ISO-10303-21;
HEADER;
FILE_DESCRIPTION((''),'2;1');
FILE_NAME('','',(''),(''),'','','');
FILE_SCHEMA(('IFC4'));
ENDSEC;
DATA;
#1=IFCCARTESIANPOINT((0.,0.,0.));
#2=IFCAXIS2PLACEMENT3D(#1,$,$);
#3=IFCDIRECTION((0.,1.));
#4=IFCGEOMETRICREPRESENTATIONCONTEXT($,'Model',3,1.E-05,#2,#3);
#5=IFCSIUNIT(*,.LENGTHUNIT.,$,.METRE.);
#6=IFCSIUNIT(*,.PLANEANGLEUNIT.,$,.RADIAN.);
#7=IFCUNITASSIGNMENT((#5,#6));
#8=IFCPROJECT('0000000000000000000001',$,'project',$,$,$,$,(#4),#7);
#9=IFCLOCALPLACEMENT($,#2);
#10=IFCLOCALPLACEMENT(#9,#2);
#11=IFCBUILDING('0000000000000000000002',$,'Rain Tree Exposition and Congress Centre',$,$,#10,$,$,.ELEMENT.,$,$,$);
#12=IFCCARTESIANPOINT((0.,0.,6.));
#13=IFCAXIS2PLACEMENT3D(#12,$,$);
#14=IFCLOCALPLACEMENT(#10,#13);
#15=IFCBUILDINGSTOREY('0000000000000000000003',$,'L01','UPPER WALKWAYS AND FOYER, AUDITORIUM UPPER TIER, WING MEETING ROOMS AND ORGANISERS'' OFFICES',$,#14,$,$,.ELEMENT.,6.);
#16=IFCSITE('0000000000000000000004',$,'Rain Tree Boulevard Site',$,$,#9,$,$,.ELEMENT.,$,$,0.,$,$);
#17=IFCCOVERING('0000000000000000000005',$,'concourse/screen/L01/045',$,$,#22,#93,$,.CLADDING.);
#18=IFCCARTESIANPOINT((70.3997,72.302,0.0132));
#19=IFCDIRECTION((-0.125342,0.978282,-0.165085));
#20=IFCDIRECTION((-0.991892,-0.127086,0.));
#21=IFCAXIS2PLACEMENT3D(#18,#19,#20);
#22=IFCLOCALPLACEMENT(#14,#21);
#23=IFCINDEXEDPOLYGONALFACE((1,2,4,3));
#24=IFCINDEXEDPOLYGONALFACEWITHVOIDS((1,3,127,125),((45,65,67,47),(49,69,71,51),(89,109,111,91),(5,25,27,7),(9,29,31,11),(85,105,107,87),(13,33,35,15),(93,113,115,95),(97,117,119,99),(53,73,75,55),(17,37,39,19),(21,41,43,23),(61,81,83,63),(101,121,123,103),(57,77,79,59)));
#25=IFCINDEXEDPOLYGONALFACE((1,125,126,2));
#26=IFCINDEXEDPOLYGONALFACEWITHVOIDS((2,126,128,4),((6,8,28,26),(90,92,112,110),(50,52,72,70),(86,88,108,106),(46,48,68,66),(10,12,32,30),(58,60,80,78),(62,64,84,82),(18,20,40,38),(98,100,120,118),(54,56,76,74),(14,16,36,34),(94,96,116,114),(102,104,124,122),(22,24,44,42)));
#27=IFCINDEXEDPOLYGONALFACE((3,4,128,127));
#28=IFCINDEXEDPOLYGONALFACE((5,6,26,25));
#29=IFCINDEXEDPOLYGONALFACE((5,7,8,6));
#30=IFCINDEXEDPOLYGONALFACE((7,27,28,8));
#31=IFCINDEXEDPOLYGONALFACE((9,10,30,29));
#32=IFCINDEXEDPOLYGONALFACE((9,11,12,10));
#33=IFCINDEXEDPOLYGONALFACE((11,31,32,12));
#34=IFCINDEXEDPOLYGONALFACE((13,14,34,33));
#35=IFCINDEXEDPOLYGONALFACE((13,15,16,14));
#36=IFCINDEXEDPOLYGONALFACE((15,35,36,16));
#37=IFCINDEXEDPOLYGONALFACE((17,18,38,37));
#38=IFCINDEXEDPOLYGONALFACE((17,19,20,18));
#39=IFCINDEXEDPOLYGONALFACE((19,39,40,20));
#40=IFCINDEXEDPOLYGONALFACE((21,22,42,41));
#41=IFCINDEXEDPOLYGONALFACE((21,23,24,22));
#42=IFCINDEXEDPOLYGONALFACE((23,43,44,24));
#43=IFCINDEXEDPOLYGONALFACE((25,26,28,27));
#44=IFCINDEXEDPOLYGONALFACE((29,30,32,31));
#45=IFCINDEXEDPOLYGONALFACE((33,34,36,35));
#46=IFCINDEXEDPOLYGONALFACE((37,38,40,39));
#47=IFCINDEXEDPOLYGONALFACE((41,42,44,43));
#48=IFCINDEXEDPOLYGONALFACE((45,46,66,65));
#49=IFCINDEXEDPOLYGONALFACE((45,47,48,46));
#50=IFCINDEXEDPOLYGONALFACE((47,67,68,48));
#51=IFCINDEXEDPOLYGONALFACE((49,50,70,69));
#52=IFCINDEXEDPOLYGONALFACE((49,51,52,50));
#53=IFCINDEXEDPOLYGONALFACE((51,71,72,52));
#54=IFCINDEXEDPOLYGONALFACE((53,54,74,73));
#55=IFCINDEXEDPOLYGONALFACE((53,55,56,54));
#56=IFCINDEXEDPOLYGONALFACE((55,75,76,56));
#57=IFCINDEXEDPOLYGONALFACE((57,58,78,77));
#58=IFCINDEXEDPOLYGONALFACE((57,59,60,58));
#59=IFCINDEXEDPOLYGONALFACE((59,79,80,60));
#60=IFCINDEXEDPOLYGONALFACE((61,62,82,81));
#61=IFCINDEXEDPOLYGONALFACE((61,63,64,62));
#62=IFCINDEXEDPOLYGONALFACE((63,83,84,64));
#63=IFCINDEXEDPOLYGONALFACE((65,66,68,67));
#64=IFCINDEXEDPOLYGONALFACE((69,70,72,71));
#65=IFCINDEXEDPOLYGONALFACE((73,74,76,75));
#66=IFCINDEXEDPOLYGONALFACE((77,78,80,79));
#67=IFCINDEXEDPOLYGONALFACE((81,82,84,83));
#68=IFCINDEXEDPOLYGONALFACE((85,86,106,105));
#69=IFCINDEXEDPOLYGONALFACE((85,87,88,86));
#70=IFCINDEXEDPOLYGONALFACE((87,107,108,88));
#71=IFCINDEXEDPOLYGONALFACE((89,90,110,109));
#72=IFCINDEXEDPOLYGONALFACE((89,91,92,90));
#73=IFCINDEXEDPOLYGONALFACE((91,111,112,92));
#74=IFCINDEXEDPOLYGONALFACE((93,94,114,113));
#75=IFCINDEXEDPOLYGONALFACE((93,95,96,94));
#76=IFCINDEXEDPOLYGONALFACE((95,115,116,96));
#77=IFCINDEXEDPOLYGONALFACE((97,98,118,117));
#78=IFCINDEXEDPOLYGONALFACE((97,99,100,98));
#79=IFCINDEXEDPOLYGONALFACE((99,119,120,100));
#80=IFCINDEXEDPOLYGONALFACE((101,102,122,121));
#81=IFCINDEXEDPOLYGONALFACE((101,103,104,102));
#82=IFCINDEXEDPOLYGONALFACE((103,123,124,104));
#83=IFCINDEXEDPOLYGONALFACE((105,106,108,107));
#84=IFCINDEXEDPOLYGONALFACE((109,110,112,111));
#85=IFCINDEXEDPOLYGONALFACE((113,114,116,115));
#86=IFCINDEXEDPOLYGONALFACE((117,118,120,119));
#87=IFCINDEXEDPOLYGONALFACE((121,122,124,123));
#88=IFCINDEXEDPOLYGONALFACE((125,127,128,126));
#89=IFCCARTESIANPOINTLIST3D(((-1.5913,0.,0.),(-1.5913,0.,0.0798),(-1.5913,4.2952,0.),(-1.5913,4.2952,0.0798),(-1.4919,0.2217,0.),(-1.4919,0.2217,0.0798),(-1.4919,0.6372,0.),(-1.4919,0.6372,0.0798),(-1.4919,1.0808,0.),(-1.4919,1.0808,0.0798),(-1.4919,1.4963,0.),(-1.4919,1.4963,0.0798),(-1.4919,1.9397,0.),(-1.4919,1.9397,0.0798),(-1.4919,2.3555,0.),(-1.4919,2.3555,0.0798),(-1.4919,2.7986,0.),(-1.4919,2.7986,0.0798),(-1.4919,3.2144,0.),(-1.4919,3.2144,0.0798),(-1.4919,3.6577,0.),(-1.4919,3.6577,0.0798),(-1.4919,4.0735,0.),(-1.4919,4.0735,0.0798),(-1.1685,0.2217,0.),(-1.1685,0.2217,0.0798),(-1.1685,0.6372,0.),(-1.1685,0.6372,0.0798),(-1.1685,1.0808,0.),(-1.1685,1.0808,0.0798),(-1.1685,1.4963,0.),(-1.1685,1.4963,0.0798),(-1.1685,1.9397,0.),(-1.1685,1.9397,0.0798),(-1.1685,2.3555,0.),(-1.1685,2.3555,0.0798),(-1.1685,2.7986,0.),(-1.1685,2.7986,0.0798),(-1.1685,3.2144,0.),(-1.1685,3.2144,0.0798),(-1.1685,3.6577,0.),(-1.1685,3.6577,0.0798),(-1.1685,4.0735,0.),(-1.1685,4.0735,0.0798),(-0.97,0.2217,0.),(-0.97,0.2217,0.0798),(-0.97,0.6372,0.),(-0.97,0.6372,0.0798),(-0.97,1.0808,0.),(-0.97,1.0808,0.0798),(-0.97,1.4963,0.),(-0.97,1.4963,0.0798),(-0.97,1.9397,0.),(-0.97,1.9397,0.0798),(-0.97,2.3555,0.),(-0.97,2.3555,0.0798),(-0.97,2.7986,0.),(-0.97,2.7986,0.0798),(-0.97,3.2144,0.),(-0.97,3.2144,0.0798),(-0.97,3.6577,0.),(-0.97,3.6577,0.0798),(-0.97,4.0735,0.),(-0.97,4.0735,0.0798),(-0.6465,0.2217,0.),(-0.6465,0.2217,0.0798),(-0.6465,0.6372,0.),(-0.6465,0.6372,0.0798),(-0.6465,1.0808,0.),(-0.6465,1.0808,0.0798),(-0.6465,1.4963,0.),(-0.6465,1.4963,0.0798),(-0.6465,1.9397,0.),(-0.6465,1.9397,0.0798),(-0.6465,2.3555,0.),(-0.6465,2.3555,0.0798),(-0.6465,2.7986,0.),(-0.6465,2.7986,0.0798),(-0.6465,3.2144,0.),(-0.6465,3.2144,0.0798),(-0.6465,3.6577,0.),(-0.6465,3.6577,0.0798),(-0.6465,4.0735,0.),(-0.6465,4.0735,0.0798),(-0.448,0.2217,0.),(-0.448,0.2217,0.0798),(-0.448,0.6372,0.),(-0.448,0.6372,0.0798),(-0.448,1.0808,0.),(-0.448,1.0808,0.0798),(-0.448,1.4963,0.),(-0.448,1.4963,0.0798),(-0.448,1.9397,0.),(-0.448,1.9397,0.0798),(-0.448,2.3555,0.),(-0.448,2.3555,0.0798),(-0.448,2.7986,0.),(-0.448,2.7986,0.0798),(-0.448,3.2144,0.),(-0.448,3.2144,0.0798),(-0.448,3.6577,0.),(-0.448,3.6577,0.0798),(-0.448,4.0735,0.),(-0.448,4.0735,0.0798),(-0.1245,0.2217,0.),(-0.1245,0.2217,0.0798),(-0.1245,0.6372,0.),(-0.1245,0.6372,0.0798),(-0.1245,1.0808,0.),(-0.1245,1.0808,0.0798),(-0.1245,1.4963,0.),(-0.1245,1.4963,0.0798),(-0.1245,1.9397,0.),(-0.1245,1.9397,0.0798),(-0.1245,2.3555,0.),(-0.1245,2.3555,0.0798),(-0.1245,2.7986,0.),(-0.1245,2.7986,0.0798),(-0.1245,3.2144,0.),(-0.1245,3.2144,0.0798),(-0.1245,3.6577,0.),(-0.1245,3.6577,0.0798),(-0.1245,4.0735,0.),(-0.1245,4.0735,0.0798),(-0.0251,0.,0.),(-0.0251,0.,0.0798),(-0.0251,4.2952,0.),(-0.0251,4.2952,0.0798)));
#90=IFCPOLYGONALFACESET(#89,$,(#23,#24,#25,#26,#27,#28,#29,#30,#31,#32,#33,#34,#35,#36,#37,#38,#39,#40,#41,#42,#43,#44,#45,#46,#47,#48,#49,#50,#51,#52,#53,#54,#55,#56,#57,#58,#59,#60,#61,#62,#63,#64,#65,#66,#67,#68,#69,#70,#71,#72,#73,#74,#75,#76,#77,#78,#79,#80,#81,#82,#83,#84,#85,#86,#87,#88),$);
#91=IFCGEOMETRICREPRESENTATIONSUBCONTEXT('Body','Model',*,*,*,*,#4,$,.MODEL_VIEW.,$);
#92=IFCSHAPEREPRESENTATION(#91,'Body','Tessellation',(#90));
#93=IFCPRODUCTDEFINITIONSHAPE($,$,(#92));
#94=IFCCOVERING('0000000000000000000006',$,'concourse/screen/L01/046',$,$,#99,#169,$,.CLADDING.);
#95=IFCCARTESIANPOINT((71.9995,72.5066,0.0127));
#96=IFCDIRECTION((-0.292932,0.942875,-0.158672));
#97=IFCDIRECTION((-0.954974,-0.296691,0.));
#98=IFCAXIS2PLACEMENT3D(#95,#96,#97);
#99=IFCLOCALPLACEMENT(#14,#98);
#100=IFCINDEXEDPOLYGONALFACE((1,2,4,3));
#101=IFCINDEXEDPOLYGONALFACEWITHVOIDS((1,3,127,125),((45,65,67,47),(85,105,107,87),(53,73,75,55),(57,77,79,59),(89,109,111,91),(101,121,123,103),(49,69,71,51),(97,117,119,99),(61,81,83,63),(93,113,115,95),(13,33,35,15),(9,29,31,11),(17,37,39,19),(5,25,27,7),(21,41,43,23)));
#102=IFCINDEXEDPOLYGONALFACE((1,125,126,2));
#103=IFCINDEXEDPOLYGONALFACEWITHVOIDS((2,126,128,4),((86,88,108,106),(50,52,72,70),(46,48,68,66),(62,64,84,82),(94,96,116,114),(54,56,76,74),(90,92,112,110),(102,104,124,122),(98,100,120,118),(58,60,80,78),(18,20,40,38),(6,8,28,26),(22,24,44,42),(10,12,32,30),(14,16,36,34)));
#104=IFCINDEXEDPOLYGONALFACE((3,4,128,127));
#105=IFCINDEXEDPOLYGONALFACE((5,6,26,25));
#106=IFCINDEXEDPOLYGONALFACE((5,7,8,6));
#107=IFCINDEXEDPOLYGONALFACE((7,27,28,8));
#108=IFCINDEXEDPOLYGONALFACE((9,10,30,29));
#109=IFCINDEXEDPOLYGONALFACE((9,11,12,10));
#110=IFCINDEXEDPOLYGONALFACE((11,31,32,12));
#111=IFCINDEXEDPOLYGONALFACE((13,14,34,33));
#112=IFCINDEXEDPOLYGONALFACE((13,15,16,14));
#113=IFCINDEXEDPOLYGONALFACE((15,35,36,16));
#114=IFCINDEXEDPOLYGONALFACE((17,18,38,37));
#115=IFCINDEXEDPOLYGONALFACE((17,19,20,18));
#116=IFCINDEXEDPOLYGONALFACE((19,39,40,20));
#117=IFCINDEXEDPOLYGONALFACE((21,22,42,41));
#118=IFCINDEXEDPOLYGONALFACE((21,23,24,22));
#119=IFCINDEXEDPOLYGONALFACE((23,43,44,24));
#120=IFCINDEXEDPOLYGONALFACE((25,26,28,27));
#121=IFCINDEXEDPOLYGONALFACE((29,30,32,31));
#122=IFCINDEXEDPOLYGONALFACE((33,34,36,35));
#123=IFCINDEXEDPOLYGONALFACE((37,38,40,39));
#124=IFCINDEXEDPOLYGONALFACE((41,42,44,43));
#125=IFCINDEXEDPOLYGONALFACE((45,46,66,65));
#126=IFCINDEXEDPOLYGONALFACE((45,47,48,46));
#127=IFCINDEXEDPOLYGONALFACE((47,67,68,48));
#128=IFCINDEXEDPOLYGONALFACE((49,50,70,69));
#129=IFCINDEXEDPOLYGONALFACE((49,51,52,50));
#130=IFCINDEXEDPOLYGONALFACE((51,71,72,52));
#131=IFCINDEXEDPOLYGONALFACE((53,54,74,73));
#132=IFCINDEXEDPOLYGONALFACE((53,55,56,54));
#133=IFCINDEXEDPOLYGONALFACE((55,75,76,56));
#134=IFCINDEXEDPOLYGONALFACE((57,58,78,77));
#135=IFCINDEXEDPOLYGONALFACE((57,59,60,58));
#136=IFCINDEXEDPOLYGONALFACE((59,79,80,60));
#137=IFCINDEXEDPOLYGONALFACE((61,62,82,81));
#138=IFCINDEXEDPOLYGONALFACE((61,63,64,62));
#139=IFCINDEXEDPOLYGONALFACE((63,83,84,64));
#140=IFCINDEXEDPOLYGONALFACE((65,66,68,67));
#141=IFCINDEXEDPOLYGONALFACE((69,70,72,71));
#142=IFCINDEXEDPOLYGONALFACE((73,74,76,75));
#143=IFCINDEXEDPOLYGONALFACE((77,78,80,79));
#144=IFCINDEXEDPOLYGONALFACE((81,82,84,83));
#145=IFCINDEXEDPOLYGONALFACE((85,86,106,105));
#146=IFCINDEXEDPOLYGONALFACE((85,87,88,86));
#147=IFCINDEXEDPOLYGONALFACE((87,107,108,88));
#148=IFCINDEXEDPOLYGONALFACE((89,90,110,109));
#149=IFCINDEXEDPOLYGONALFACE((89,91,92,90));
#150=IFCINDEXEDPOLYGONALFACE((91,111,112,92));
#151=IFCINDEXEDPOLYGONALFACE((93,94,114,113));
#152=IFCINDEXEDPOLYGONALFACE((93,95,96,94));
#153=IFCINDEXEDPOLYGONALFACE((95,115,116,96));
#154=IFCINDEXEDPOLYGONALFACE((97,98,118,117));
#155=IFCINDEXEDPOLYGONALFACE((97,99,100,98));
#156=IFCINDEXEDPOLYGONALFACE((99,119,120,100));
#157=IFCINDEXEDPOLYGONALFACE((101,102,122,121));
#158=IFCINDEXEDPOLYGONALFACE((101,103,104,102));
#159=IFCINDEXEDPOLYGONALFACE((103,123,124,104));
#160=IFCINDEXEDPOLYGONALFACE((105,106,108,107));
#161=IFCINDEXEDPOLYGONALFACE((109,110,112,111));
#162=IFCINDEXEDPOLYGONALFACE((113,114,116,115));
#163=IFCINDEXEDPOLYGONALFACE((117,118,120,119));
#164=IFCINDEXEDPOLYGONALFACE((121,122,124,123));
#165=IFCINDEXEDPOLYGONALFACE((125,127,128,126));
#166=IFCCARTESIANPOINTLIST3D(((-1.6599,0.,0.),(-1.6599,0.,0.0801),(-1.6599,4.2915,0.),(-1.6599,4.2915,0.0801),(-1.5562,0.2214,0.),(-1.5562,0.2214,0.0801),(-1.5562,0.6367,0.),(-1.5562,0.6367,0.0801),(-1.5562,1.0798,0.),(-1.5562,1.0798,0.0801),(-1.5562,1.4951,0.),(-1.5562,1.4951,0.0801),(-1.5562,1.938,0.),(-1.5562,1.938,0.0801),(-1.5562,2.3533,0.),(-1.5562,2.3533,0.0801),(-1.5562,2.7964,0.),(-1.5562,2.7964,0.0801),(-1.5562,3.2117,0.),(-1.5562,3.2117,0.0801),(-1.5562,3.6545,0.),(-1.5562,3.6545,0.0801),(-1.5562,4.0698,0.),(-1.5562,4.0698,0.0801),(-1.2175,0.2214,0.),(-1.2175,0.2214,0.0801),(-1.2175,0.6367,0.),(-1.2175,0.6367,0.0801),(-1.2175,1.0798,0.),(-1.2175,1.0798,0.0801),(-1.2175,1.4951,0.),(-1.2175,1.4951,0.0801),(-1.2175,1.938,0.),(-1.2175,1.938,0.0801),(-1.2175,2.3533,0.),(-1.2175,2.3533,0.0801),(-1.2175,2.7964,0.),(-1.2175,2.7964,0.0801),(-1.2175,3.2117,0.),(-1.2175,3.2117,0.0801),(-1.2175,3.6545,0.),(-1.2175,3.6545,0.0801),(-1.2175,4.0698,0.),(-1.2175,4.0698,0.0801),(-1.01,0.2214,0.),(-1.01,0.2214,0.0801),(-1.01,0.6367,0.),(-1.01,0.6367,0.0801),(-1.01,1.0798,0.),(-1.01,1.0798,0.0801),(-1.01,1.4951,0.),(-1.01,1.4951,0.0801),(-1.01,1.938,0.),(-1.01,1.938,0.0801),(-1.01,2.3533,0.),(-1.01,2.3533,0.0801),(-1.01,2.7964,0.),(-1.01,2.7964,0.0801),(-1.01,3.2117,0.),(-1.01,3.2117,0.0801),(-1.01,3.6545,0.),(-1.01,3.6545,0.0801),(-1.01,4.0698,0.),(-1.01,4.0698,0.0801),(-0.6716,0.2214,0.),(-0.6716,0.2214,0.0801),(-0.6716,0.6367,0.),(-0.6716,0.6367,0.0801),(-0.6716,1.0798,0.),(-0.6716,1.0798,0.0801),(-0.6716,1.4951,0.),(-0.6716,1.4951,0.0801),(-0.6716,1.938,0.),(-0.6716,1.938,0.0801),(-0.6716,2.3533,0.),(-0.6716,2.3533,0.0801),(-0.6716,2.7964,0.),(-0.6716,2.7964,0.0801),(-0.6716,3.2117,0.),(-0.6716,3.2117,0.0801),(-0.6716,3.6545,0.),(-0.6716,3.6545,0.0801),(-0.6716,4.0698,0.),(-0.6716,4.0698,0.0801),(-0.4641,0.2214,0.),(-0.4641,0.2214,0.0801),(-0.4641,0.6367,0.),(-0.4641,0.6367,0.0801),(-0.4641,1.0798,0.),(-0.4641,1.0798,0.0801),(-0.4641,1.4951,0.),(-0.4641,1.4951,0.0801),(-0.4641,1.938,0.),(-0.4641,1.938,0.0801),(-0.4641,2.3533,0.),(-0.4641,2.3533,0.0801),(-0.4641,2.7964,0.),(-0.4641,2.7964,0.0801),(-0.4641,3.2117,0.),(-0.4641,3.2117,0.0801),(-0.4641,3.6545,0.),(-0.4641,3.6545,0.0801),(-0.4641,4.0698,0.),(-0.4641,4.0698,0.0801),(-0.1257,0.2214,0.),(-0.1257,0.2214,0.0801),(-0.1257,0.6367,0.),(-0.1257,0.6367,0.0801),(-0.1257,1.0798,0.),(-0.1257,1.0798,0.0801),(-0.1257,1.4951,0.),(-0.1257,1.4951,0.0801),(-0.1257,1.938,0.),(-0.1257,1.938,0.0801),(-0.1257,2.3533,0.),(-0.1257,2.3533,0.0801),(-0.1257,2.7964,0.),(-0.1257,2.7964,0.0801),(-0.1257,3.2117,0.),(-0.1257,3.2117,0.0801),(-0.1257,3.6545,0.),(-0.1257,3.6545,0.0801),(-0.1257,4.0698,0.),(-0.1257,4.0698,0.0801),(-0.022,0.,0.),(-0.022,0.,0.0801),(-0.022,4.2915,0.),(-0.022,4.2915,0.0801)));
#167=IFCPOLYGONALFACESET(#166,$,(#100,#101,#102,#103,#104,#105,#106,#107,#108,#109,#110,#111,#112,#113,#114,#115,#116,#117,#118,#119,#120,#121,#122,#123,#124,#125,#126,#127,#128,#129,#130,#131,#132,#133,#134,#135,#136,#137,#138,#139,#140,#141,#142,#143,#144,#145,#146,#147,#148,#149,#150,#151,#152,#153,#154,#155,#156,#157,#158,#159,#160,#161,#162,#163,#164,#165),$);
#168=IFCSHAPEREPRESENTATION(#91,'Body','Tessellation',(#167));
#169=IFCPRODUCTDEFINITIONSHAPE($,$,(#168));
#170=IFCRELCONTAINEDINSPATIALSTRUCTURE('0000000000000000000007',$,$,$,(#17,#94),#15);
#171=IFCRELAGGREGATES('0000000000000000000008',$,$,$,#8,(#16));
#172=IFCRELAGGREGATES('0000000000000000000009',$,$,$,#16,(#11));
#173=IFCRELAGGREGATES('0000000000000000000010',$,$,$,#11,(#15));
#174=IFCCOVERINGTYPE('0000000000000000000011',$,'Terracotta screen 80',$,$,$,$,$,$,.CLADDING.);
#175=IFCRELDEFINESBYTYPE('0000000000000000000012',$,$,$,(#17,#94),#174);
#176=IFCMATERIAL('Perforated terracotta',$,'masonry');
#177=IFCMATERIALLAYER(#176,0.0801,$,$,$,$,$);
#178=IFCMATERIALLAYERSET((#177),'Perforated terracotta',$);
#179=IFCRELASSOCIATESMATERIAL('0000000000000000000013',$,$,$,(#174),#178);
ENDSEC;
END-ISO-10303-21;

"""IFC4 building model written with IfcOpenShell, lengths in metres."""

from ifc_helpers import new_model, si_unit, direction, frame, origin, place, context, subcontext, project, spatial, polyline, outline, extrude, material, layer, layer_set, type_object, element, save


model = new_model("IFC4")

# Units and contexts
model_context = context("Model", 3, precision=1e-05, world=origin(), true_north=direction((0.0, 1.0)))
body_context = subcontext(model_context, "Body", "Model", "MODEL_VIEW")
ifc_project = project(units=[si_unit("LENGTHUNIT", "METRE"), si_unit("PLANEANGLEUNIT", "RADIAN")], contexts=[model_context])

# Site, building, storey
site_placement = place(None, origin())
site = spatial("IfcSite", under=ifc_project, at=site_placement, Name="Rain Tree Boulevard Site", CompositionType="ELEMENT", RefElevation=0.0)
building_placement = place(site_placement, origin())
building = spatial("IfcBuilding", under=site, at=building_placement, Name="Rain Tree Exposition and Congress Centre", CompositionType="ELEMENT")
storey_placement = place(building_placement, frame((0.0, 0.0, 6.0)))
storey = spatial("IfcBuildingStorey", under=building, at=storey_placement, Name="L01", Description="UPPER WALKWAYS AND FOYER, AUDITORIUM UPPER TIER, WING MEETING ROOMS AND ORGANISERS' OFFICES", CompositionType="ELEMENT", Elevation=6.0)

# Coverings
ifc_material_1 = material(Name="Perforated terracotta", Category="masonry")
ifc_layer = layer(ifc_material_1, 0.0801)
ifc_layer_set = layer_set([ifc_layer], Name="Perforated terracotta")
covering_type = type_object("IfcCoveringType", Name="Terracotta screen 80", PredefinedType="CLADDING", material=ifc_layer_set)
covering_1_placement = place(storey_placement, frame((70.3997, 72.302, 0.0132), z_axis=(-0.125342, 0.978282, -0.165085), x_axis=(-0.991892, -0.127086, 0.0)))
element("IfcCovering", 1, at=covering_1_placement, inside=storey, type_object=covering_type, Name="concourse/screen/L01/045", PredefinedType="CLADDING", context=body_context, shape_type="SweptSolid", body=[
    extrude(outline(polyline([(-1.5913, 0.0), (-1.5913, 4.2952), (-0.0251, 4.2952), (-0.0251, 0.0), (-1.5913, 0.0)]), holes=[polyline([(-0.1245, 0.2217), (-0.1245, 0.6372), (-0.448, 0.6372), (-0.448, 0.2217), (-0.1245, 0.2217)]), polyline([(-0.1245, 1.0808), (-0.1245, 1.4963), (-0.448, 1.4963), (-0.448, 1.0808), (-0.1245, 1.0808)]), polyline([(-0.1245, 1.9397), (-0.1245, 2.3555), (-0.448, 2.3555), (-0.448, 1.9397), (-0.1245, 1.9397)]), polyline([(-0.1245, 2.7986), (-0.1245, 3.2144), (-0.448, 3.2144), (-0.448, 2.7986), (-0.1245, 2.7986)]), polyline([(-0.1245, 3.6577), (-0.1245, 4.0735), (-0.448, 4.0735), (-0.448, 3.6577), (-0.1245, 3.6577)]), polyline([(-0.6465, 0.2217), (-0.6465, 0.6372), (-0.97, 0.6372), (-0.97, 0.2217), (-0.6465, 0.2217)]), polyline([(-0.6465, 1.0808), (-0.6465, 1.4963), (-0.97, 1.4963), (-0.97, 1.0808), (-0.6465, 1.0808)]), polyline([(-0.6465, 1.9397), (-0.6465, 2.3555), (-0.97, 2.3555), (-0.97, 1.9397), (-0.6465, 1.9397)]), polyline([(-0.6465, 2.7986), (-0.6465, 3.2144), (-0.97, 3.2144), (-0.97, 2.7986), (-0.6465, 2.7986)]), polyline([(-0.6465, 3.6577), (-0.6465, 4.0735), (-0.97, 4.0735), (-0.97, 3.6577), (-0.6465, 3.6577)]), polyline([(-1.1685, 0.2217), (-1.1685, 0.6372), (-1.4919, 0.6372), (-1.4919, 0.2217), (-1.1685, 0.2217)]), polyline([(-1.1685, 1.0808), (-1.1685, 1.4963), (-1.4919, 1.4963), (-1.4919, 1.0808), (-1.1685, 1.0808)]), polyline([(-1.1685, 1.9397), (-1.1685, 2.3555), (-1.4919, 2.3555), (-1.4919, 1.9397), (-1.1685, 1.9397)]), polyline([(-1.1685, 2.7986), (-1.1685, 3.2144), (-1.4919, 3.2144), (-1.4919, 2.7986), (-1.1685, 2.7986)]), polyline([(-1.1685, 3.6577), (-1.1685, 4.0735), (-1.4919, 4.0735), (-1.4919, 3.6577), (-1.1685, 3.6577)])]), origin(), (0.0, 0.0, 1.0), 0.0798),
])
covering_2_placement = place(storey_placement, frame((71.9995, 72.5066, 0.0127), z_axis=(-0.292932, 0.942875, -0.158672), x_axis=(-0.954974, -0.296691, 0.0)))
element("IfcCovering", 2, at=covering_2_placement, inside=storey, type_object=covering_type, Name="concourse/screen/L01/046", PredefinedType="CLADDING", context=body_context, shape_type="SweptSolid", body=[
    extrude(outline(polyline([(-1.6599, 0.0), (-1.6599, 4.2915), (-0.022, 4.2915), (-0.022, 0.0), (-1.6599, 0.0)]), holes=[polyline([(-0.1257, 0.2214), (-0.1257, 0.6367), (-0.4641, 0.6367), (-0.4641, 0.2214), (-0.1257, 0.2214)]), polyline([(-0.1257, 1.0798), (-0.1257, 1.4951), (-0.4641, 1.4951), (-0.4641, 1.0798), (-0.1257, 1.0798)]), polyline([(-0.1257, 1.938), (-0.1257, 2.3533), (-0.4641, 2.3533), (-0.4641, 1.938), (-0.1257, 1.938)]), polyline([(-0.1257, 2.7964), (-0.1257, 3.2117), (-0.4641, 3.2117), (-0.4641, 2.7964), (-0.1257, 2.7964)]), polyline([(-0.1257, 3.6545), (-0.1257, 4.0698), (-0.4641, 4.0698), (-0.4641, 3.6545), (-0.1257, 3.6545)]), polyline([(-0.6716, 0.2214), (-0.6716, 0.6367), (-1.01, 0.6367), (-1.01, 0.2214), (-0.6716, 0.2214)]), polyline([(-0.6716, 1.0798), (-0.6716, 1.4951), (-1.01, 1.4951), (-1.01, 1.0798), (-0.6716, 1.0798)]), polyline([(-0.6716, 1.938), (-0.6716, 2.3533), (-1.01, 2.3533), (-1.01, 1.938), (-0.6716, 1.938)]), polyline([(-0.6716, 2.7964), (-0.6716, 3.2117), (-1.01, 3.2117), (-1.01, 2.7964), (-0.6716, 2.7964)]), polyline([(-0.6716, 3.6545), (-0.6716, 4.0698), (-1.01, 4.0698), (-1.01, 3.6545), (-0.6716, 3.6545)]), polyline([(-1.2175, 0.2214), (-1.2175, 0.6367), (-1.5562, 0.6367), (-1.5562, 0.2214), (-1.2175, 0.2214)]), polyline([(-1.2175, 1.0798), (-1.2175, 1.4951), (-1.5562, 1.4951), (-1.5562, 1.0798), (-1.2175, 1.0798)]), polyline([(-1.2175, 1.938), (-1.2175, 2.3533), (-1.5562, 2.3533), (-1.5562, 1.938), (-1.2175, 1.938)]), polyline([(-1.2175, 2.7964), (-1.2175, 3.2117), (-1.5562, 3.2117), (-1.5562, 2.7964), (-1.2175, 2.7964)]), polyline([(-1.2175, 3.6545), (-1.2175, 4.0698), (-1.5562, 4.0698), (-1.5562, 3.6545), (-1.2175, 3.6545)])]), origin(), (0.0, 0.0, 1.0), 0.0801),
])

save(model, "model.ifc")
